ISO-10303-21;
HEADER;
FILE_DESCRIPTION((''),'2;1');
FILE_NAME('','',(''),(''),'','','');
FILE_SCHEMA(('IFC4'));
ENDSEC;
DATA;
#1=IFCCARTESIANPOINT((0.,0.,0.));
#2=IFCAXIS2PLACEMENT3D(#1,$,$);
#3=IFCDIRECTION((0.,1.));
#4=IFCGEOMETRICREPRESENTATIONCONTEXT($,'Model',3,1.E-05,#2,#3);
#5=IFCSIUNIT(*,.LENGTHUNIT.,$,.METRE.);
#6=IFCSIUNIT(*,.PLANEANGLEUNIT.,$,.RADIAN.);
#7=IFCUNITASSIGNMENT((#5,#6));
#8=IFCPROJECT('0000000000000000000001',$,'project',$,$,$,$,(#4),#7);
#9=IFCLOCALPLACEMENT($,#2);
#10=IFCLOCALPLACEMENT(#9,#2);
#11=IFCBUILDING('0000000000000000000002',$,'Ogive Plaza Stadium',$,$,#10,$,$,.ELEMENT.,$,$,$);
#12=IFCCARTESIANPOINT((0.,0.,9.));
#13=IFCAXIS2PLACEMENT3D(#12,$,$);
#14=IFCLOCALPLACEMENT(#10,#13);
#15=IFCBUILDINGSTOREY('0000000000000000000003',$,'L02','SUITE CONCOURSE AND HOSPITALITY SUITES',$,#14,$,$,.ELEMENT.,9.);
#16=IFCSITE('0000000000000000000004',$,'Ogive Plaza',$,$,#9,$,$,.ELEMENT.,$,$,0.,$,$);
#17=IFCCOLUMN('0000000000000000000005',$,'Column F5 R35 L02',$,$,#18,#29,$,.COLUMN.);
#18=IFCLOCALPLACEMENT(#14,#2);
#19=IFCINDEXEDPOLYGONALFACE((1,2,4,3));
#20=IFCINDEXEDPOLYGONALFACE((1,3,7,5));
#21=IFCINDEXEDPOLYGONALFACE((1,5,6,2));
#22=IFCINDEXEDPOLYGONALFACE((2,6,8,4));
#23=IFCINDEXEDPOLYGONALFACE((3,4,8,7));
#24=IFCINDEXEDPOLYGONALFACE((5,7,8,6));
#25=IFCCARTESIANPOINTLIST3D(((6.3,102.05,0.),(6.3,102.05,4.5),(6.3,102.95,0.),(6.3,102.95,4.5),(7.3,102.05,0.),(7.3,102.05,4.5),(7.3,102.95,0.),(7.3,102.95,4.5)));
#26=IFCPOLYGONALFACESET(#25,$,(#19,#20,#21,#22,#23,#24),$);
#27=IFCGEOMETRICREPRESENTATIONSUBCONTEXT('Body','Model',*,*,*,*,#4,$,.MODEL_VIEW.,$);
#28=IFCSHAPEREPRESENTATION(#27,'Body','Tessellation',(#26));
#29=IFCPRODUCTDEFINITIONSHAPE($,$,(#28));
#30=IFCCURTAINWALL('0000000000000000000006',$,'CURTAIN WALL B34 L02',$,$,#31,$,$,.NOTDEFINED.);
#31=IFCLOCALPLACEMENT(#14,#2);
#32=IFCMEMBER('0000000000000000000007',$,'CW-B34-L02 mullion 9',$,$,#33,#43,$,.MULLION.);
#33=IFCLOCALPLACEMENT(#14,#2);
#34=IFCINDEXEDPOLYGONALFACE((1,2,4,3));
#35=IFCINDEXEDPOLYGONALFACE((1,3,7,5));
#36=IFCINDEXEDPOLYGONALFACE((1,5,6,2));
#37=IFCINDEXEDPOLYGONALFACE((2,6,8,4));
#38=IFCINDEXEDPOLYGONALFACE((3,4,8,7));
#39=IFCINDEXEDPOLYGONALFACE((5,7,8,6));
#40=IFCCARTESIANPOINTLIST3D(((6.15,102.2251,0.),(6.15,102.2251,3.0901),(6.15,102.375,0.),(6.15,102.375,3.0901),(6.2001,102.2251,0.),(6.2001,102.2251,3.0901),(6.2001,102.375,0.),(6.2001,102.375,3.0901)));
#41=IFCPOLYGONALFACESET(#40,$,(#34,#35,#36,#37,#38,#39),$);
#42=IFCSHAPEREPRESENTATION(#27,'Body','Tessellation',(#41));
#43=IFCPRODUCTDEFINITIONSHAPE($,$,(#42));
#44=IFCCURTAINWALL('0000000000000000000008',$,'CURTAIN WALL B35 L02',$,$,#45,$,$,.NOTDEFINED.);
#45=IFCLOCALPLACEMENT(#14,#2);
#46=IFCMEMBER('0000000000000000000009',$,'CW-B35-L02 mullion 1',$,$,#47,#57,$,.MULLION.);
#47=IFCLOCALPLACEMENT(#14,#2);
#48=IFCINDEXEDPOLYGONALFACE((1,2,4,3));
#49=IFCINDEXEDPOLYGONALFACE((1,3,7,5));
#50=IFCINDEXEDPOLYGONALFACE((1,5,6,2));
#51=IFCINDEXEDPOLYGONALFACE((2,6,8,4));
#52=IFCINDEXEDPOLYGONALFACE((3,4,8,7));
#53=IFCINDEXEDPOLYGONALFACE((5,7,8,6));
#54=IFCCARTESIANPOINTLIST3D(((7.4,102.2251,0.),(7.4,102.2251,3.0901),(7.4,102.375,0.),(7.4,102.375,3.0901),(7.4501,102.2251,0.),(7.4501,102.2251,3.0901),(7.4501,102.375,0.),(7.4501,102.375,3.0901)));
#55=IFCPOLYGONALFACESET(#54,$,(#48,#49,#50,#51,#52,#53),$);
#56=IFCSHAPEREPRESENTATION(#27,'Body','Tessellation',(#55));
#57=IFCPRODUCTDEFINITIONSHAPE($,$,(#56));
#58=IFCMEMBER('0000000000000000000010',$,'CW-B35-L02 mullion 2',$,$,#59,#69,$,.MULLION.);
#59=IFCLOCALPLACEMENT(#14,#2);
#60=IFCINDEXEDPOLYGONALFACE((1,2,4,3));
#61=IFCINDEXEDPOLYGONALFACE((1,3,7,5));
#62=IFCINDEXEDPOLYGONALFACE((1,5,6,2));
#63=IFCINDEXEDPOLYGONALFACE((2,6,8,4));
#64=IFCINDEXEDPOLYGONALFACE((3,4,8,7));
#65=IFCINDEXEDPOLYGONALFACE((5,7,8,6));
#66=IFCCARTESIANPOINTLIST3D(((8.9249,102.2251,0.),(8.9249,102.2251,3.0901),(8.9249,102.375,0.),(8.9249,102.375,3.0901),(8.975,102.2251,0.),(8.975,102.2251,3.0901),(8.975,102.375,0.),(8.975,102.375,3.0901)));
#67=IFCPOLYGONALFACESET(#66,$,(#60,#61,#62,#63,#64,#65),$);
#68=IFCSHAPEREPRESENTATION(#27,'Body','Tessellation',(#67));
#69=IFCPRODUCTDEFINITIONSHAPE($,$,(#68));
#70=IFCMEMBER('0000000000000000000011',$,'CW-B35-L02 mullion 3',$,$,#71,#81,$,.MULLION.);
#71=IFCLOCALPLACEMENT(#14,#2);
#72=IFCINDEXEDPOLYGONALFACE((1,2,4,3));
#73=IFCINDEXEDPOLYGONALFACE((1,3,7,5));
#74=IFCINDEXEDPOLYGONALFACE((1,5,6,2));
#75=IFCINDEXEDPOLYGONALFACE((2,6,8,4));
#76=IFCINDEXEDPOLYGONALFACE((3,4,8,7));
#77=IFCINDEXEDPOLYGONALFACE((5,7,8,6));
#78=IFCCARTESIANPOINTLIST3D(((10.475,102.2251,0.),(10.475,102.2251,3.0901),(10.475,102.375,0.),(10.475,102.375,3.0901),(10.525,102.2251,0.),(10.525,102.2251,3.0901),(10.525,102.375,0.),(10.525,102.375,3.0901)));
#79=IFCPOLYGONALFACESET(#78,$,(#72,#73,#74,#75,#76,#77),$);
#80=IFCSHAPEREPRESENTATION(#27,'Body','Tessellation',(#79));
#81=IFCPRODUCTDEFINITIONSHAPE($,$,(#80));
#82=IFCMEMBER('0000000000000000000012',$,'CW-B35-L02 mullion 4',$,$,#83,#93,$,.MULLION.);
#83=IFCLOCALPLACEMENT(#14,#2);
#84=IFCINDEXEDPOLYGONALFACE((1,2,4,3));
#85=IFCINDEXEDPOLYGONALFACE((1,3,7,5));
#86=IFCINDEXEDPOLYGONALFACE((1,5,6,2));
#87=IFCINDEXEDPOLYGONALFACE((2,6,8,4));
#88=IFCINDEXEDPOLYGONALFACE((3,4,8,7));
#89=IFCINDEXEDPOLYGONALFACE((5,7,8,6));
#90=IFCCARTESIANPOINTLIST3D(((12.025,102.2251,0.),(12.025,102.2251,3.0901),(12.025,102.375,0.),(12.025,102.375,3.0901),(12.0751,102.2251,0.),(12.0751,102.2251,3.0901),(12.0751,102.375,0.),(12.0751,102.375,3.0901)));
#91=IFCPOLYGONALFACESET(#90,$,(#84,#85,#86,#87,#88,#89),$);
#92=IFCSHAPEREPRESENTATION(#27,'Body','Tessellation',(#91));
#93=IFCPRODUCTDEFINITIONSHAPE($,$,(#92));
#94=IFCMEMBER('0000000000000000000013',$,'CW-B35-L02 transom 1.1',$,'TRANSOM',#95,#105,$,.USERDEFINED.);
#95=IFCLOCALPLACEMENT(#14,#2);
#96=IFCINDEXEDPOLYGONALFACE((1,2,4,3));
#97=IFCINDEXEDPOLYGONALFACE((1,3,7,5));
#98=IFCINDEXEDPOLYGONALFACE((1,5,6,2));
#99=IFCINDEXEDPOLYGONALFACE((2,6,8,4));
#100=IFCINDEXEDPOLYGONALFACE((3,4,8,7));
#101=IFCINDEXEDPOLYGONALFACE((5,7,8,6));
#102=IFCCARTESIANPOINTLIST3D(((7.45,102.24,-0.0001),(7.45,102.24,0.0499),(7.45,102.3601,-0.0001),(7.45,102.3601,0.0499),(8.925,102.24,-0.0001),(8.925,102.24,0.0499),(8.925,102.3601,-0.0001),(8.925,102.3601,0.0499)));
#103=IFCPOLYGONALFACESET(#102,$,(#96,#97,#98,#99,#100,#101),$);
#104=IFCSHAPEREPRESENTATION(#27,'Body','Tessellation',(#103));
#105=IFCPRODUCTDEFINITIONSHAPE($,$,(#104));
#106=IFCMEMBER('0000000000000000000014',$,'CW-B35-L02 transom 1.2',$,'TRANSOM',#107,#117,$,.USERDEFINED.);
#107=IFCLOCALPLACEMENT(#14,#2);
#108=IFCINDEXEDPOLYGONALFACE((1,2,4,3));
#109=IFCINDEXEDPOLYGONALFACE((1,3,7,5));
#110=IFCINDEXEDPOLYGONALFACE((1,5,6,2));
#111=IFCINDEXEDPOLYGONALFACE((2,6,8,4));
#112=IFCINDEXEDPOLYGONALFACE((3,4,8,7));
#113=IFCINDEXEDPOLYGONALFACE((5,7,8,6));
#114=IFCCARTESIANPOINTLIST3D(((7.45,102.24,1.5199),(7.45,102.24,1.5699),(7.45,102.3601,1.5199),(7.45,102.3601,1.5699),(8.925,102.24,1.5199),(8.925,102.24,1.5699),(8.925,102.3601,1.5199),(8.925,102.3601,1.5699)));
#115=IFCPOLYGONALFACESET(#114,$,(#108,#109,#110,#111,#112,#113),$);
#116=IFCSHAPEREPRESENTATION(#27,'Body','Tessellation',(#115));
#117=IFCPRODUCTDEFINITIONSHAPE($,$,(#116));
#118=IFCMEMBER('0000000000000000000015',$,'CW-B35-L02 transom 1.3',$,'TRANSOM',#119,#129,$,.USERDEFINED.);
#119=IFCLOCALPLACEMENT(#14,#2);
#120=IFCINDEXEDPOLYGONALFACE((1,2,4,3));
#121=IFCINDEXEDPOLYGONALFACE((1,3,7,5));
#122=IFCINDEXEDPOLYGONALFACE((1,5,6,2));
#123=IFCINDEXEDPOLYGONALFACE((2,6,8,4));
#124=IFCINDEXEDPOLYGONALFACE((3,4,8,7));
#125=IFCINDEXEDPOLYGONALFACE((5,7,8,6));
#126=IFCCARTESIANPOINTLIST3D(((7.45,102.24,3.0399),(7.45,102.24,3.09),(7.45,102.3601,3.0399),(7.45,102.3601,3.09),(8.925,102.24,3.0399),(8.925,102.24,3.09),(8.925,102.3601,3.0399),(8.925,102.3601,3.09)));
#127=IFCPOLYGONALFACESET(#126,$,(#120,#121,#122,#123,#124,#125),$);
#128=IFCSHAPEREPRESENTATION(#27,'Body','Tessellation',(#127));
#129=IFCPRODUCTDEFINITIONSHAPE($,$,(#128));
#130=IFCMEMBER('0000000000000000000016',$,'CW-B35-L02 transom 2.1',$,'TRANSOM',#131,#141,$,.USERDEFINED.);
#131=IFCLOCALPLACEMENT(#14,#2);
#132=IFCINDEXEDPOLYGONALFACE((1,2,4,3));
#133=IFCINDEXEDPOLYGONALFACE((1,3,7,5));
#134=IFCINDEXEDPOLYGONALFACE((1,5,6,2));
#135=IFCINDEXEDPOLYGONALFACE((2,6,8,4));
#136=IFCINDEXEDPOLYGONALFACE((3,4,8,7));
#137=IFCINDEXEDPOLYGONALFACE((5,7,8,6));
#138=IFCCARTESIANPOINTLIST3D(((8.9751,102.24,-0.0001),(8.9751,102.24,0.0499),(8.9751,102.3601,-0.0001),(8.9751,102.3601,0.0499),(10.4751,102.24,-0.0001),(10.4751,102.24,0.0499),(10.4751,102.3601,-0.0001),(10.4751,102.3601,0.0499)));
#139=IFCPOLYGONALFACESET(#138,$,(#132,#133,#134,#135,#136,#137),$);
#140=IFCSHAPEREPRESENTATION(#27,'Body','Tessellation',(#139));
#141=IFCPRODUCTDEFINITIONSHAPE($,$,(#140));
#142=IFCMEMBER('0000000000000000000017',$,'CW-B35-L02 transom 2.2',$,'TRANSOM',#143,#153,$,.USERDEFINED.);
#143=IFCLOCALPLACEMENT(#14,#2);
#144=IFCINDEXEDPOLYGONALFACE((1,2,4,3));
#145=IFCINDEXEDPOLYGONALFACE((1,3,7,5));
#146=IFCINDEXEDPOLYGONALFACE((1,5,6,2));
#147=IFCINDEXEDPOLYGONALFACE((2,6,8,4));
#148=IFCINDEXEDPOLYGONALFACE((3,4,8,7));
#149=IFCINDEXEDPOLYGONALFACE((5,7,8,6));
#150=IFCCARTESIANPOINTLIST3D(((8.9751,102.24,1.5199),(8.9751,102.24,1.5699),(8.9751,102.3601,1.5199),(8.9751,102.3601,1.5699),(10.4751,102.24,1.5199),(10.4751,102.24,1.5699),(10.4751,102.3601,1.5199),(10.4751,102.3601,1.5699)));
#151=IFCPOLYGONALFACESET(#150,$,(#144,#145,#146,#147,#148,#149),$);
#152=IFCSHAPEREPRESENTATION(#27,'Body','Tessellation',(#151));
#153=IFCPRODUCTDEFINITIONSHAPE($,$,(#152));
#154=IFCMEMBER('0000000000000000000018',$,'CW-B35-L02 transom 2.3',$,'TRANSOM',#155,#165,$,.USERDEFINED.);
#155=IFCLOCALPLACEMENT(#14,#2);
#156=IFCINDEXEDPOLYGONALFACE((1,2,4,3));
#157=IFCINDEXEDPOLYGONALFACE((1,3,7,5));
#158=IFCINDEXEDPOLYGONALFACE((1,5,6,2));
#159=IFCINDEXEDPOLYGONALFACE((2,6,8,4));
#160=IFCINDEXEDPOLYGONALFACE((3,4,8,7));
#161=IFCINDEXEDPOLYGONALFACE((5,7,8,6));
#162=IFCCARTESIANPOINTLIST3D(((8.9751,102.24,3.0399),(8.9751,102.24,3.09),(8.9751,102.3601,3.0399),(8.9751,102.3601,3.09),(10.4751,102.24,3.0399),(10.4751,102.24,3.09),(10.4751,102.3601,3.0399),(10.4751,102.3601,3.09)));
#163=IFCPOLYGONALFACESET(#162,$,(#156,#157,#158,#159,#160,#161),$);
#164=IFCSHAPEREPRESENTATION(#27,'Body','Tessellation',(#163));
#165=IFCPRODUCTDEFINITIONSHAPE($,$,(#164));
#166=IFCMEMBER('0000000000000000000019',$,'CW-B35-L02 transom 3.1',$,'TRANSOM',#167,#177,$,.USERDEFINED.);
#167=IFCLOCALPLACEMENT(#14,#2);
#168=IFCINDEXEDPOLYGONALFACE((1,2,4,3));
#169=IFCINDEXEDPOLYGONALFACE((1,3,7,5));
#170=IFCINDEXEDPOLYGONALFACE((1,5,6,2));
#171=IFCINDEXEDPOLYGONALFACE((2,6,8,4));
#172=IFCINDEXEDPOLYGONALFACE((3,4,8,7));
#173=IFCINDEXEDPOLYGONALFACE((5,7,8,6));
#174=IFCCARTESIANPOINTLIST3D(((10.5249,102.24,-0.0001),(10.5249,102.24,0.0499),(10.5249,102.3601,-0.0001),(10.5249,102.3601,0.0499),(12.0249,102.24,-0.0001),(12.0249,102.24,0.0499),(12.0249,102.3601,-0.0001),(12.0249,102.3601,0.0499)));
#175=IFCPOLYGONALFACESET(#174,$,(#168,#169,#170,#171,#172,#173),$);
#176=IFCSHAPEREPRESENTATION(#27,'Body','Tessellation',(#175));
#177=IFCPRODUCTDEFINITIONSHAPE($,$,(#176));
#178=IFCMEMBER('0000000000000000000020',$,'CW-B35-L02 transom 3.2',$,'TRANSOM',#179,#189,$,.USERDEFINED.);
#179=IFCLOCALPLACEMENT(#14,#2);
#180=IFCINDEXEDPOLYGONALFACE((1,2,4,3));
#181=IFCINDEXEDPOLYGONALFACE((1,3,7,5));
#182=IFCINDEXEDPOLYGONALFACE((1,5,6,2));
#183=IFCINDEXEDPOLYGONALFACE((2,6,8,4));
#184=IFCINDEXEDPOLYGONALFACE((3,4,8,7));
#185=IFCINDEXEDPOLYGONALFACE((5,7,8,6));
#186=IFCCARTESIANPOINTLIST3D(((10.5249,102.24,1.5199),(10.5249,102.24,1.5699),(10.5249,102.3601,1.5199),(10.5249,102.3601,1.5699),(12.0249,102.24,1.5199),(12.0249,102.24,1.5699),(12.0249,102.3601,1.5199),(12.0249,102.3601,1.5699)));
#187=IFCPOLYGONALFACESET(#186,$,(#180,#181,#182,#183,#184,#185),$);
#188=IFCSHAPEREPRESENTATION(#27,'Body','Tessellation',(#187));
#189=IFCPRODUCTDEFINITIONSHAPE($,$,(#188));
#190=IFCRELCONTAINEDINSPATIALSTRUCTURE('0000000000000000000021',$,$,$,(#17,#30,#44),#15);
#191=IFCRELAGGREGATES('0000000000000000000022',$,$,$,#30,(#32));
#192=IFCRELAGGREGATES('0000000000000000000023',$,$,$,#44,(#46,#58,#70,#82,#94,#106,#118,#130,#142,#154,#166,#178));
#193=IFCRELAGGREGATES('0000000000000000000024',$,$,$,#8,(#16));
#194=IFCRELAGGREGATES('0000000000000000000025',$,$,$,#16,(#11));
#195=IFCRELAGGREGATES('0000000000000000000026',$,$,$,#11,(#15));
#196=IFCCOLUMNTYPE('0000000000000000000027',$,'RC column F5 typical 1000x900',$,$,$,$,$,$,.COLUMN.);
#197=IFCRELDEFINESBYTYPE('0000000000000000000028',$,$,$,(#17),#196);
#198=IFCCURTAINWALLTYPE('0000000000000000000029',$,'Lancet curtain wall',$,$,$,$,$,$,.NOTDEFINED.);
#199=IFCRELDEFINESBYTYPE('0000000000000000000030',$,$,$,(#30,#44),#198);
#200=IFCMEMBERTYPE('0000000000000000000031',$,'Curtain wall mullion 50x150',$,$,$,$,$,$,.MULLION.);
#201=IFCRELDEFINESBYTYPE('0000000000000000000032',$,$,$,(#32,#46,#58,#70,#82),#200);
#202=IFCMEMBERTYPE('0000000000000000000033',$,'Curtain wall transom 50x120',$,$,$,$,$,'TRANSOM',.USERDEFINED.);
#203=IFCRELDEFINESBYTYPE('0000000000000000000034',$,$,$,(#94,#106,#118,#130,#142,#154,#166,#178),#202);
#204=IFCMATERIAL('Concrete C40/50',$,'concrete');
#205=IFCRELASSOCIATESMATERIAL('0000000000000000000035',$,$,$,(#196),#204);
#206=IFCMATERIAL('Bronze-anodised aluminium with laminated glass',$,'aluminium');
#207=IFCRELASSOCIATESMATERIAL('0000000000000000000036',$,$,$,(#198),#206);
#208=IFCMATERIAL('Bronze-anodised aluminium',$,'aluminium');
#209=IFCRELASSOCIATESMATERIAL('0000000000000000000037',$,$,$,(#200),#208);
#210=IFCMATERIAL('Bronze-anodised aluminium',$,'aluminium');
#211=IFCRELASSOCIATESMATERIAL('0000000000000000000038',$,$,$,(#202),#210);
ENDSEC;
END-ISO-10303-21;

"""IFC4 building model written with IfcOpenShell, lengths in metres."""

from ifc_helpers import new_model, si_unit, direction, frame, origin, origin_2d, place, context, subcontext, project, spatial, rectangle, extrude, material, material_profile, profile_set, type_object, element, aggregate, save


model = new_model("IFC4")

# Units and contexts
model_context = context("Model", 3, precision=1e-05, world=origin(), true_north=direction((0.0, 1.0)))
body_context = subcontext(model_context, "Body", "Model", "MODEL_VIEW")
ifc_project = project(units=[si_unit("LENGTHUNIT", "METRE"), si_unit("PLANEANGLEUNIT", "RADIAN")], contexts=[model_context])

# Site, building, storey
site_placement = place(None, origin())
site = spatial("IfcSite", under=ifc_project, at=site_placement, Name="Ogive Plaza", CompositionType="ELEMENT", RefElevation=0.0)
building_placement = place(site_placement, origin())
building = spatial("IfcBuilding", under=site, at=building_placement, Name="Ogive Plaza Stadium", CompositionType="ELEMENT")
storey_placement = place(building_placement, frame((0.0, 0.0, 9.0)))
storey = spatial("IfcBuildingStorey", under=building, at=storey_placement, Name="L02", Description="SUITE CONCOURSE AND HOSPITALITY SUITES", CompositionType="ELEMENT", Elevation=9.0)

# Column
ifc_material_1 = material(Name="Concrete C40/50", Category="concrete")
ifc_material_profile_1 = material_profile(ifc_material_1, rectangle(XDim=1.0, YDim=0.8999, at=origin_2d()), Name="RC 1000x900")
ifc_profile_set_1 = profile_set([ifc_material_profile_1], Name="Concrete C40/50")
column_type = type_object("IfcColumnType", Name="RC column F5 typical 1000x900", PredefinedType="COLUMN", material=ifc_profile_set_1)
column_placement = place(storey_placement, frame((6.8, 102.5, 0.0), z_axis=(0.0, 0.0, 1.0), x_axis=(-1.0, 0.0, 0.0)))
element("IfcColumn", 1, at=column_placement, inside=storey, type_object=column_type, Name="Column F5 R35 L02", PredefinedType="COLUMN", context=body_context, shape_type="SweptSolid", body=[
    extrude(rectangle(XDim=1.0, YDim=0.8999, at=origin_2d()), origin(), (0.0, 0.0, 1.0), 4.5),
])

# Curtain wall, member
ifc_material_2 = material(Name="Bronze-anodised aluminium with laminated glass", Category="aluminium")
curtain_wall_type = type_object("IfcCurtainWallType", Name="Lancet curtain wall", PredefinedType="NOTDEFINED", material=ifc_material_2)
curtain_wall_1_placement = place(storey_placement, origin())
curtain_wall_1 = element("IfcCurtainWall", 2, at=curtain_wall_1_placement, inside=storey, type_object=curtain_wall_type, Name="CURTAIN WALL B34 L02", PredefinedType="NOTDEFINED")
ifc_material_3 = material(Name="Bronze-anodised aluminium", Category="aluminium")
ifc_material_profile_2 = material_profile(ifc_material_3, rectangle(XDim=0.1499, YDim=0.05, at=origin_2d()), Name="AL 150x50")
ifc_profile_set_2 = profile_set([ifc_material_profile_2], Name="Bronze-anodised aluminium")
member_type_1 = type_object("IfcMemberType", Name="Curtain wall mullion 50x150", PredefinedType="MULLION", material=ifc_profile_set_2)
member_1_placement = place(storey_placement, frame((6.175, 102.3, 0.0), z_axis=(0.0, 0.0, 1.0), x_axis=(0.0, 1.0, 0.0)))
member_1 = element("IfcMember", 3, at=member_1_placement, type_object=member_type_1, Name="CW-B34-L02 mullion 9", PredefinedType="MULLION", context=body_context, shape_type="SweptSolid", body=[
    extrude(rectangle(XDim=0.1499, YDim=0.05, at=origin_2d()), origin(), (0.0, 0.0, 1.0), 3.0901),
])

# Curtain wall, members
curtain_wall_2_placement = place(storey_placement, origin())
curtain_wall_2 = element("IfcCurtainWall", 4, at=curtain_wall_2_placement, inside=storey, type_object=curtain_wall_type, Name="CURTAIN WALL B35 L02", PredefinedType="NOTDEFINED")
member_2_placement = place(storey_placement, frame((7.425, 102.3, 0.0), z_axis=(0.0, 0.0, 1.0), x_axis=(0.0, 1.0, 0.0)))
member_2 = element("IfcMember", 5, at=member_2_placement, type_object=member_type_1, Name="CW-B35-L02 mullion 1", PredefinedType="MULLION", context=body_context, shape_type="SweptSolid", body=[
    extrude(rectangle(XDim=0.1499, YDim=0.05, at=origin_2d()), origin(), (0.0, 0.0, 1.0), 3.0901),
])
member_3_placement = place(storey_placement, frame((8.95, 102.3, 0.0), z_axis=(0.0, 0.0, 1.0), x_axis=(0.0, 1.0, 0.0)))
member_3 = element("IfcMember", 6, at=member_3_placement, type_object=member_type_1, Name="CW-B35-L02 mullion 2", PredefinedType="MULLION", context=body_context, shape_type="SweptSolid", body=[
    extrude(rectangle(XDim=0.1499, YDim=0.05, at=origin_2d()), origin(), (0.0, 0.0, 1.0), 3.0901),
])
member_4_placement = place(storey_placement, frame((10.5, 102.3, 0.0), z_axis=(0.0, 0.0, 1.0), x_axis=(0.0, 1.0, 0.0)))
member_4 = element("IfcMember", 7, at=member_4_placement, type_object=member_type_1, Name="CW-B35-L02 mullion 3", PredefinedType="MULLION", context=body_context, shape_type="SweptSolid", body=[
    extrude(rectangle(XDim=0.1499, YDim=0.05, at=origin_2d()), origin(), (0.0, 0.0, 1.0), 3.0901),
])
member_5_placement = place(storey_placement, frame((12.05, 102.3, 0.0), z_axis=(0.0, 0.0, 1.0), x_axis=(0.0, 1.0, 0.0)))
member_5 = element("IfcMember", 8, at=member_5_placement, type_object=member_type_1, Name="CW-B35-L02 mullion 4", PredefinedType="MULLION", context=body_context, shape_type="SweptSolid", body=[
    extrude(rectangle(XDim=0.1499, YDim=0.05, at=origin_2d()), origin(), (0.0, 0.0, 1.0), 3.0901),
])
ifc_material_4 = material(Name="Bronze-anodised aluminium", Category="aluminium")
ifc_material_profile_3 = material_profile(ifc_material_4, rectangle(XDim=0.1201, YDim=0.05, at=origin_2d()), Name="AL 120x50")
ifc_profile_set_3 = profile_set([ifc_material_profile_3], Name="Bronze-anodised aluminium")
member_type_2 = type_object("IfcMemberType", Name="Curtain wall transom 50x120", ElementType="TRANSOM", PredefinedType="USERDEFINED", material=ifc_profile_set_3)
member_6_placement = place(storey_placement, frame((7.45, 102.3, 0.0249), z_axis=(1.0, 0.0, 0.0), x_axis=(0.0, 1.0, 0.0)))
member_6 = element("IfcMember", 9, at=member_6_placement, type_object=member_type_2, Name="CW-B35-L02 transom 1.1", ObjectType="TRANSOM", PredefinedType="USERDEFINED", context=body_context, shape_type="SweptSolid", body=[
    extrude(rectangle(XDim=0.1201, YDim=0.05, at=origin_2d()), origin(), (0.0, 0.0, 1.0), 1.4751),
])
member_7_placement = place(storey_placement, frame((7.45, 102.3, 1.5449), z_axis=(1.0, 0.0, 0.0), x_axis=(0.0, 1.0, 0.0)))
member_7 = element("IfcMember", 10, at=member_7_placement, type_object=member_type_2, Name="CW-B35-L02 transom 1.2", ObjectType="TRANSOM", PredefinedType="USERDEFINED", context=body_context, shape_type="SweptSolid", body=[
    extrude(rectangle(XDim=0.1201, YDim=0.05, at=origin_2d()), origin(), (0.0, 0.0, 1.0), 1.4751),
])
member_8_placement = place(storey_placement, frame((7.45, 102.3, 3.0649), z_axis=(1.0, 0.0, 0.0), x_axis=(0.0, 1.0, 0.0)))
member_8 = element("IfcMember", 11, at=member_8_placement, type_object=member_type_2, Name="CW-B35-L02 transom 1.3", ObjectType="TRANSOM", PredefinedType="USERDEFINED", context=body_context, shape_type="SweptSolid", body=[
    extrude(rectangle(XDim=0.1201, YDim=0.05, at=origin_2d()), origin(), (0.0, 0.0, 1.0), 1.4751),
])
member_9_placement = place(storey_placement, frame((8.9751, 102.3, 0.0249), z_axis=(1.0, 0.0, 0.0), x_axis=(0.0, 1.0, 0.0)))
member_9 = element("IfcMember", 12, at=member_9_placement, type_object=member_type_2, Name="CW-B35-L02 transom 2.1", ObjectType="TRANSOM", PredefinedType="USERDEFINED", context=body_context, shape_type="SweptSolid", body=[
    extrude(rectangle(XDim=0.1201, YDim=0.05, at=origin_2d()), origin(), (0.0, 0.0, 1.0), 1.5),
])
member_10_placement = place(storey_placement, frame((8.9751, 102.3, 1.5449), z_axis=(1.0, 0.0, 0.0), x_axis=(0.0, 1.0, 0.0)))
member_10 = element("IfcMember", 13, at=member_10_placement, type_object=member_type_2, Name="CW-B35-L02 transom 2.2", ObjectType="TRANSOM", PredefinedType="USERDEFINED", context=body_context, shape_type="SweptSolid", body=[
    extrude(rectangle(XDim=0.1201, YDim=0.05, at=origin_2d()), origin(), (0.0, 0.0, 1.0), 1.5),
])
member_11_placement = place(storey_placement, frame((8.9751, 102.3, 3.0649), z_axis=(1.0, 0.0, 0.0), x_axis=(0.0, 1.0, 0.0)))
member_11 = element("IfcMember", 14, at=member_11_placement, type_object=member_type_2, Name="CW-B35-L02 transom 2.3", ObjectType="TRANSOM", PredefinedType="USERDEFINED", context=body_context, shape_type="SweptSolid", body=[
    extrude(rectangle(XDim=0.1201, YDim=0.05, at=origin_2d()), origin(), (0.0, 0.0, 1.0), 1.5),
])
member_12_placement = place(storey_placement, frame((10.5249, 102.3, 0.0249), z_axis=(1.0, 0.0, 0.0), x_axis=(0.0, 1.0, 0.0)))
member_12 = element("IfcMember", 15, at=member_12_placement, type_object=member_type_2, Name="CW-B35-L02 transom 3.1", ObjectType="TRANSOM", PredefinedType="USERDEFINED", context=body_context, shape_type="SweptSolid", body=[
    extrude(rectangle(XDim=0.1201, YDim=0.05, at=origin_2d()), origin(), (0.0, 0.0, 1.0), 1.5),
])
member_13_placement = place(storey_placement, frame((10.5249, 102.3, 1.5449), z_axis=(1.0, 0.0, 0.0), x_axis=(0.0, 1.0, 0.0)))
member_13 = element("IfcMember", 16, at=member_13_placement, type_object=member_type_2, Name="CW-B35-L02 transom 3.2", ObjectType="TRANSOM", PredefinedType="USERDEFINED", context=body_context, shape_type="SweptSolid", body=[
    extrude(rectangle(XDim=0.1201, YDim=0.05, at=origin_2d()), origin(), (0.0, 0.0, 1.0), 1.5),
])

aggregate(curtain_wall_1, [member_1])
aggregate(curtain_wall_2, [member_2, member_3, member_4, member_5, member_6, member_7, member_8, member_9, member_10, member_11, member_12, member_13])

save(model, "model.ifc")
